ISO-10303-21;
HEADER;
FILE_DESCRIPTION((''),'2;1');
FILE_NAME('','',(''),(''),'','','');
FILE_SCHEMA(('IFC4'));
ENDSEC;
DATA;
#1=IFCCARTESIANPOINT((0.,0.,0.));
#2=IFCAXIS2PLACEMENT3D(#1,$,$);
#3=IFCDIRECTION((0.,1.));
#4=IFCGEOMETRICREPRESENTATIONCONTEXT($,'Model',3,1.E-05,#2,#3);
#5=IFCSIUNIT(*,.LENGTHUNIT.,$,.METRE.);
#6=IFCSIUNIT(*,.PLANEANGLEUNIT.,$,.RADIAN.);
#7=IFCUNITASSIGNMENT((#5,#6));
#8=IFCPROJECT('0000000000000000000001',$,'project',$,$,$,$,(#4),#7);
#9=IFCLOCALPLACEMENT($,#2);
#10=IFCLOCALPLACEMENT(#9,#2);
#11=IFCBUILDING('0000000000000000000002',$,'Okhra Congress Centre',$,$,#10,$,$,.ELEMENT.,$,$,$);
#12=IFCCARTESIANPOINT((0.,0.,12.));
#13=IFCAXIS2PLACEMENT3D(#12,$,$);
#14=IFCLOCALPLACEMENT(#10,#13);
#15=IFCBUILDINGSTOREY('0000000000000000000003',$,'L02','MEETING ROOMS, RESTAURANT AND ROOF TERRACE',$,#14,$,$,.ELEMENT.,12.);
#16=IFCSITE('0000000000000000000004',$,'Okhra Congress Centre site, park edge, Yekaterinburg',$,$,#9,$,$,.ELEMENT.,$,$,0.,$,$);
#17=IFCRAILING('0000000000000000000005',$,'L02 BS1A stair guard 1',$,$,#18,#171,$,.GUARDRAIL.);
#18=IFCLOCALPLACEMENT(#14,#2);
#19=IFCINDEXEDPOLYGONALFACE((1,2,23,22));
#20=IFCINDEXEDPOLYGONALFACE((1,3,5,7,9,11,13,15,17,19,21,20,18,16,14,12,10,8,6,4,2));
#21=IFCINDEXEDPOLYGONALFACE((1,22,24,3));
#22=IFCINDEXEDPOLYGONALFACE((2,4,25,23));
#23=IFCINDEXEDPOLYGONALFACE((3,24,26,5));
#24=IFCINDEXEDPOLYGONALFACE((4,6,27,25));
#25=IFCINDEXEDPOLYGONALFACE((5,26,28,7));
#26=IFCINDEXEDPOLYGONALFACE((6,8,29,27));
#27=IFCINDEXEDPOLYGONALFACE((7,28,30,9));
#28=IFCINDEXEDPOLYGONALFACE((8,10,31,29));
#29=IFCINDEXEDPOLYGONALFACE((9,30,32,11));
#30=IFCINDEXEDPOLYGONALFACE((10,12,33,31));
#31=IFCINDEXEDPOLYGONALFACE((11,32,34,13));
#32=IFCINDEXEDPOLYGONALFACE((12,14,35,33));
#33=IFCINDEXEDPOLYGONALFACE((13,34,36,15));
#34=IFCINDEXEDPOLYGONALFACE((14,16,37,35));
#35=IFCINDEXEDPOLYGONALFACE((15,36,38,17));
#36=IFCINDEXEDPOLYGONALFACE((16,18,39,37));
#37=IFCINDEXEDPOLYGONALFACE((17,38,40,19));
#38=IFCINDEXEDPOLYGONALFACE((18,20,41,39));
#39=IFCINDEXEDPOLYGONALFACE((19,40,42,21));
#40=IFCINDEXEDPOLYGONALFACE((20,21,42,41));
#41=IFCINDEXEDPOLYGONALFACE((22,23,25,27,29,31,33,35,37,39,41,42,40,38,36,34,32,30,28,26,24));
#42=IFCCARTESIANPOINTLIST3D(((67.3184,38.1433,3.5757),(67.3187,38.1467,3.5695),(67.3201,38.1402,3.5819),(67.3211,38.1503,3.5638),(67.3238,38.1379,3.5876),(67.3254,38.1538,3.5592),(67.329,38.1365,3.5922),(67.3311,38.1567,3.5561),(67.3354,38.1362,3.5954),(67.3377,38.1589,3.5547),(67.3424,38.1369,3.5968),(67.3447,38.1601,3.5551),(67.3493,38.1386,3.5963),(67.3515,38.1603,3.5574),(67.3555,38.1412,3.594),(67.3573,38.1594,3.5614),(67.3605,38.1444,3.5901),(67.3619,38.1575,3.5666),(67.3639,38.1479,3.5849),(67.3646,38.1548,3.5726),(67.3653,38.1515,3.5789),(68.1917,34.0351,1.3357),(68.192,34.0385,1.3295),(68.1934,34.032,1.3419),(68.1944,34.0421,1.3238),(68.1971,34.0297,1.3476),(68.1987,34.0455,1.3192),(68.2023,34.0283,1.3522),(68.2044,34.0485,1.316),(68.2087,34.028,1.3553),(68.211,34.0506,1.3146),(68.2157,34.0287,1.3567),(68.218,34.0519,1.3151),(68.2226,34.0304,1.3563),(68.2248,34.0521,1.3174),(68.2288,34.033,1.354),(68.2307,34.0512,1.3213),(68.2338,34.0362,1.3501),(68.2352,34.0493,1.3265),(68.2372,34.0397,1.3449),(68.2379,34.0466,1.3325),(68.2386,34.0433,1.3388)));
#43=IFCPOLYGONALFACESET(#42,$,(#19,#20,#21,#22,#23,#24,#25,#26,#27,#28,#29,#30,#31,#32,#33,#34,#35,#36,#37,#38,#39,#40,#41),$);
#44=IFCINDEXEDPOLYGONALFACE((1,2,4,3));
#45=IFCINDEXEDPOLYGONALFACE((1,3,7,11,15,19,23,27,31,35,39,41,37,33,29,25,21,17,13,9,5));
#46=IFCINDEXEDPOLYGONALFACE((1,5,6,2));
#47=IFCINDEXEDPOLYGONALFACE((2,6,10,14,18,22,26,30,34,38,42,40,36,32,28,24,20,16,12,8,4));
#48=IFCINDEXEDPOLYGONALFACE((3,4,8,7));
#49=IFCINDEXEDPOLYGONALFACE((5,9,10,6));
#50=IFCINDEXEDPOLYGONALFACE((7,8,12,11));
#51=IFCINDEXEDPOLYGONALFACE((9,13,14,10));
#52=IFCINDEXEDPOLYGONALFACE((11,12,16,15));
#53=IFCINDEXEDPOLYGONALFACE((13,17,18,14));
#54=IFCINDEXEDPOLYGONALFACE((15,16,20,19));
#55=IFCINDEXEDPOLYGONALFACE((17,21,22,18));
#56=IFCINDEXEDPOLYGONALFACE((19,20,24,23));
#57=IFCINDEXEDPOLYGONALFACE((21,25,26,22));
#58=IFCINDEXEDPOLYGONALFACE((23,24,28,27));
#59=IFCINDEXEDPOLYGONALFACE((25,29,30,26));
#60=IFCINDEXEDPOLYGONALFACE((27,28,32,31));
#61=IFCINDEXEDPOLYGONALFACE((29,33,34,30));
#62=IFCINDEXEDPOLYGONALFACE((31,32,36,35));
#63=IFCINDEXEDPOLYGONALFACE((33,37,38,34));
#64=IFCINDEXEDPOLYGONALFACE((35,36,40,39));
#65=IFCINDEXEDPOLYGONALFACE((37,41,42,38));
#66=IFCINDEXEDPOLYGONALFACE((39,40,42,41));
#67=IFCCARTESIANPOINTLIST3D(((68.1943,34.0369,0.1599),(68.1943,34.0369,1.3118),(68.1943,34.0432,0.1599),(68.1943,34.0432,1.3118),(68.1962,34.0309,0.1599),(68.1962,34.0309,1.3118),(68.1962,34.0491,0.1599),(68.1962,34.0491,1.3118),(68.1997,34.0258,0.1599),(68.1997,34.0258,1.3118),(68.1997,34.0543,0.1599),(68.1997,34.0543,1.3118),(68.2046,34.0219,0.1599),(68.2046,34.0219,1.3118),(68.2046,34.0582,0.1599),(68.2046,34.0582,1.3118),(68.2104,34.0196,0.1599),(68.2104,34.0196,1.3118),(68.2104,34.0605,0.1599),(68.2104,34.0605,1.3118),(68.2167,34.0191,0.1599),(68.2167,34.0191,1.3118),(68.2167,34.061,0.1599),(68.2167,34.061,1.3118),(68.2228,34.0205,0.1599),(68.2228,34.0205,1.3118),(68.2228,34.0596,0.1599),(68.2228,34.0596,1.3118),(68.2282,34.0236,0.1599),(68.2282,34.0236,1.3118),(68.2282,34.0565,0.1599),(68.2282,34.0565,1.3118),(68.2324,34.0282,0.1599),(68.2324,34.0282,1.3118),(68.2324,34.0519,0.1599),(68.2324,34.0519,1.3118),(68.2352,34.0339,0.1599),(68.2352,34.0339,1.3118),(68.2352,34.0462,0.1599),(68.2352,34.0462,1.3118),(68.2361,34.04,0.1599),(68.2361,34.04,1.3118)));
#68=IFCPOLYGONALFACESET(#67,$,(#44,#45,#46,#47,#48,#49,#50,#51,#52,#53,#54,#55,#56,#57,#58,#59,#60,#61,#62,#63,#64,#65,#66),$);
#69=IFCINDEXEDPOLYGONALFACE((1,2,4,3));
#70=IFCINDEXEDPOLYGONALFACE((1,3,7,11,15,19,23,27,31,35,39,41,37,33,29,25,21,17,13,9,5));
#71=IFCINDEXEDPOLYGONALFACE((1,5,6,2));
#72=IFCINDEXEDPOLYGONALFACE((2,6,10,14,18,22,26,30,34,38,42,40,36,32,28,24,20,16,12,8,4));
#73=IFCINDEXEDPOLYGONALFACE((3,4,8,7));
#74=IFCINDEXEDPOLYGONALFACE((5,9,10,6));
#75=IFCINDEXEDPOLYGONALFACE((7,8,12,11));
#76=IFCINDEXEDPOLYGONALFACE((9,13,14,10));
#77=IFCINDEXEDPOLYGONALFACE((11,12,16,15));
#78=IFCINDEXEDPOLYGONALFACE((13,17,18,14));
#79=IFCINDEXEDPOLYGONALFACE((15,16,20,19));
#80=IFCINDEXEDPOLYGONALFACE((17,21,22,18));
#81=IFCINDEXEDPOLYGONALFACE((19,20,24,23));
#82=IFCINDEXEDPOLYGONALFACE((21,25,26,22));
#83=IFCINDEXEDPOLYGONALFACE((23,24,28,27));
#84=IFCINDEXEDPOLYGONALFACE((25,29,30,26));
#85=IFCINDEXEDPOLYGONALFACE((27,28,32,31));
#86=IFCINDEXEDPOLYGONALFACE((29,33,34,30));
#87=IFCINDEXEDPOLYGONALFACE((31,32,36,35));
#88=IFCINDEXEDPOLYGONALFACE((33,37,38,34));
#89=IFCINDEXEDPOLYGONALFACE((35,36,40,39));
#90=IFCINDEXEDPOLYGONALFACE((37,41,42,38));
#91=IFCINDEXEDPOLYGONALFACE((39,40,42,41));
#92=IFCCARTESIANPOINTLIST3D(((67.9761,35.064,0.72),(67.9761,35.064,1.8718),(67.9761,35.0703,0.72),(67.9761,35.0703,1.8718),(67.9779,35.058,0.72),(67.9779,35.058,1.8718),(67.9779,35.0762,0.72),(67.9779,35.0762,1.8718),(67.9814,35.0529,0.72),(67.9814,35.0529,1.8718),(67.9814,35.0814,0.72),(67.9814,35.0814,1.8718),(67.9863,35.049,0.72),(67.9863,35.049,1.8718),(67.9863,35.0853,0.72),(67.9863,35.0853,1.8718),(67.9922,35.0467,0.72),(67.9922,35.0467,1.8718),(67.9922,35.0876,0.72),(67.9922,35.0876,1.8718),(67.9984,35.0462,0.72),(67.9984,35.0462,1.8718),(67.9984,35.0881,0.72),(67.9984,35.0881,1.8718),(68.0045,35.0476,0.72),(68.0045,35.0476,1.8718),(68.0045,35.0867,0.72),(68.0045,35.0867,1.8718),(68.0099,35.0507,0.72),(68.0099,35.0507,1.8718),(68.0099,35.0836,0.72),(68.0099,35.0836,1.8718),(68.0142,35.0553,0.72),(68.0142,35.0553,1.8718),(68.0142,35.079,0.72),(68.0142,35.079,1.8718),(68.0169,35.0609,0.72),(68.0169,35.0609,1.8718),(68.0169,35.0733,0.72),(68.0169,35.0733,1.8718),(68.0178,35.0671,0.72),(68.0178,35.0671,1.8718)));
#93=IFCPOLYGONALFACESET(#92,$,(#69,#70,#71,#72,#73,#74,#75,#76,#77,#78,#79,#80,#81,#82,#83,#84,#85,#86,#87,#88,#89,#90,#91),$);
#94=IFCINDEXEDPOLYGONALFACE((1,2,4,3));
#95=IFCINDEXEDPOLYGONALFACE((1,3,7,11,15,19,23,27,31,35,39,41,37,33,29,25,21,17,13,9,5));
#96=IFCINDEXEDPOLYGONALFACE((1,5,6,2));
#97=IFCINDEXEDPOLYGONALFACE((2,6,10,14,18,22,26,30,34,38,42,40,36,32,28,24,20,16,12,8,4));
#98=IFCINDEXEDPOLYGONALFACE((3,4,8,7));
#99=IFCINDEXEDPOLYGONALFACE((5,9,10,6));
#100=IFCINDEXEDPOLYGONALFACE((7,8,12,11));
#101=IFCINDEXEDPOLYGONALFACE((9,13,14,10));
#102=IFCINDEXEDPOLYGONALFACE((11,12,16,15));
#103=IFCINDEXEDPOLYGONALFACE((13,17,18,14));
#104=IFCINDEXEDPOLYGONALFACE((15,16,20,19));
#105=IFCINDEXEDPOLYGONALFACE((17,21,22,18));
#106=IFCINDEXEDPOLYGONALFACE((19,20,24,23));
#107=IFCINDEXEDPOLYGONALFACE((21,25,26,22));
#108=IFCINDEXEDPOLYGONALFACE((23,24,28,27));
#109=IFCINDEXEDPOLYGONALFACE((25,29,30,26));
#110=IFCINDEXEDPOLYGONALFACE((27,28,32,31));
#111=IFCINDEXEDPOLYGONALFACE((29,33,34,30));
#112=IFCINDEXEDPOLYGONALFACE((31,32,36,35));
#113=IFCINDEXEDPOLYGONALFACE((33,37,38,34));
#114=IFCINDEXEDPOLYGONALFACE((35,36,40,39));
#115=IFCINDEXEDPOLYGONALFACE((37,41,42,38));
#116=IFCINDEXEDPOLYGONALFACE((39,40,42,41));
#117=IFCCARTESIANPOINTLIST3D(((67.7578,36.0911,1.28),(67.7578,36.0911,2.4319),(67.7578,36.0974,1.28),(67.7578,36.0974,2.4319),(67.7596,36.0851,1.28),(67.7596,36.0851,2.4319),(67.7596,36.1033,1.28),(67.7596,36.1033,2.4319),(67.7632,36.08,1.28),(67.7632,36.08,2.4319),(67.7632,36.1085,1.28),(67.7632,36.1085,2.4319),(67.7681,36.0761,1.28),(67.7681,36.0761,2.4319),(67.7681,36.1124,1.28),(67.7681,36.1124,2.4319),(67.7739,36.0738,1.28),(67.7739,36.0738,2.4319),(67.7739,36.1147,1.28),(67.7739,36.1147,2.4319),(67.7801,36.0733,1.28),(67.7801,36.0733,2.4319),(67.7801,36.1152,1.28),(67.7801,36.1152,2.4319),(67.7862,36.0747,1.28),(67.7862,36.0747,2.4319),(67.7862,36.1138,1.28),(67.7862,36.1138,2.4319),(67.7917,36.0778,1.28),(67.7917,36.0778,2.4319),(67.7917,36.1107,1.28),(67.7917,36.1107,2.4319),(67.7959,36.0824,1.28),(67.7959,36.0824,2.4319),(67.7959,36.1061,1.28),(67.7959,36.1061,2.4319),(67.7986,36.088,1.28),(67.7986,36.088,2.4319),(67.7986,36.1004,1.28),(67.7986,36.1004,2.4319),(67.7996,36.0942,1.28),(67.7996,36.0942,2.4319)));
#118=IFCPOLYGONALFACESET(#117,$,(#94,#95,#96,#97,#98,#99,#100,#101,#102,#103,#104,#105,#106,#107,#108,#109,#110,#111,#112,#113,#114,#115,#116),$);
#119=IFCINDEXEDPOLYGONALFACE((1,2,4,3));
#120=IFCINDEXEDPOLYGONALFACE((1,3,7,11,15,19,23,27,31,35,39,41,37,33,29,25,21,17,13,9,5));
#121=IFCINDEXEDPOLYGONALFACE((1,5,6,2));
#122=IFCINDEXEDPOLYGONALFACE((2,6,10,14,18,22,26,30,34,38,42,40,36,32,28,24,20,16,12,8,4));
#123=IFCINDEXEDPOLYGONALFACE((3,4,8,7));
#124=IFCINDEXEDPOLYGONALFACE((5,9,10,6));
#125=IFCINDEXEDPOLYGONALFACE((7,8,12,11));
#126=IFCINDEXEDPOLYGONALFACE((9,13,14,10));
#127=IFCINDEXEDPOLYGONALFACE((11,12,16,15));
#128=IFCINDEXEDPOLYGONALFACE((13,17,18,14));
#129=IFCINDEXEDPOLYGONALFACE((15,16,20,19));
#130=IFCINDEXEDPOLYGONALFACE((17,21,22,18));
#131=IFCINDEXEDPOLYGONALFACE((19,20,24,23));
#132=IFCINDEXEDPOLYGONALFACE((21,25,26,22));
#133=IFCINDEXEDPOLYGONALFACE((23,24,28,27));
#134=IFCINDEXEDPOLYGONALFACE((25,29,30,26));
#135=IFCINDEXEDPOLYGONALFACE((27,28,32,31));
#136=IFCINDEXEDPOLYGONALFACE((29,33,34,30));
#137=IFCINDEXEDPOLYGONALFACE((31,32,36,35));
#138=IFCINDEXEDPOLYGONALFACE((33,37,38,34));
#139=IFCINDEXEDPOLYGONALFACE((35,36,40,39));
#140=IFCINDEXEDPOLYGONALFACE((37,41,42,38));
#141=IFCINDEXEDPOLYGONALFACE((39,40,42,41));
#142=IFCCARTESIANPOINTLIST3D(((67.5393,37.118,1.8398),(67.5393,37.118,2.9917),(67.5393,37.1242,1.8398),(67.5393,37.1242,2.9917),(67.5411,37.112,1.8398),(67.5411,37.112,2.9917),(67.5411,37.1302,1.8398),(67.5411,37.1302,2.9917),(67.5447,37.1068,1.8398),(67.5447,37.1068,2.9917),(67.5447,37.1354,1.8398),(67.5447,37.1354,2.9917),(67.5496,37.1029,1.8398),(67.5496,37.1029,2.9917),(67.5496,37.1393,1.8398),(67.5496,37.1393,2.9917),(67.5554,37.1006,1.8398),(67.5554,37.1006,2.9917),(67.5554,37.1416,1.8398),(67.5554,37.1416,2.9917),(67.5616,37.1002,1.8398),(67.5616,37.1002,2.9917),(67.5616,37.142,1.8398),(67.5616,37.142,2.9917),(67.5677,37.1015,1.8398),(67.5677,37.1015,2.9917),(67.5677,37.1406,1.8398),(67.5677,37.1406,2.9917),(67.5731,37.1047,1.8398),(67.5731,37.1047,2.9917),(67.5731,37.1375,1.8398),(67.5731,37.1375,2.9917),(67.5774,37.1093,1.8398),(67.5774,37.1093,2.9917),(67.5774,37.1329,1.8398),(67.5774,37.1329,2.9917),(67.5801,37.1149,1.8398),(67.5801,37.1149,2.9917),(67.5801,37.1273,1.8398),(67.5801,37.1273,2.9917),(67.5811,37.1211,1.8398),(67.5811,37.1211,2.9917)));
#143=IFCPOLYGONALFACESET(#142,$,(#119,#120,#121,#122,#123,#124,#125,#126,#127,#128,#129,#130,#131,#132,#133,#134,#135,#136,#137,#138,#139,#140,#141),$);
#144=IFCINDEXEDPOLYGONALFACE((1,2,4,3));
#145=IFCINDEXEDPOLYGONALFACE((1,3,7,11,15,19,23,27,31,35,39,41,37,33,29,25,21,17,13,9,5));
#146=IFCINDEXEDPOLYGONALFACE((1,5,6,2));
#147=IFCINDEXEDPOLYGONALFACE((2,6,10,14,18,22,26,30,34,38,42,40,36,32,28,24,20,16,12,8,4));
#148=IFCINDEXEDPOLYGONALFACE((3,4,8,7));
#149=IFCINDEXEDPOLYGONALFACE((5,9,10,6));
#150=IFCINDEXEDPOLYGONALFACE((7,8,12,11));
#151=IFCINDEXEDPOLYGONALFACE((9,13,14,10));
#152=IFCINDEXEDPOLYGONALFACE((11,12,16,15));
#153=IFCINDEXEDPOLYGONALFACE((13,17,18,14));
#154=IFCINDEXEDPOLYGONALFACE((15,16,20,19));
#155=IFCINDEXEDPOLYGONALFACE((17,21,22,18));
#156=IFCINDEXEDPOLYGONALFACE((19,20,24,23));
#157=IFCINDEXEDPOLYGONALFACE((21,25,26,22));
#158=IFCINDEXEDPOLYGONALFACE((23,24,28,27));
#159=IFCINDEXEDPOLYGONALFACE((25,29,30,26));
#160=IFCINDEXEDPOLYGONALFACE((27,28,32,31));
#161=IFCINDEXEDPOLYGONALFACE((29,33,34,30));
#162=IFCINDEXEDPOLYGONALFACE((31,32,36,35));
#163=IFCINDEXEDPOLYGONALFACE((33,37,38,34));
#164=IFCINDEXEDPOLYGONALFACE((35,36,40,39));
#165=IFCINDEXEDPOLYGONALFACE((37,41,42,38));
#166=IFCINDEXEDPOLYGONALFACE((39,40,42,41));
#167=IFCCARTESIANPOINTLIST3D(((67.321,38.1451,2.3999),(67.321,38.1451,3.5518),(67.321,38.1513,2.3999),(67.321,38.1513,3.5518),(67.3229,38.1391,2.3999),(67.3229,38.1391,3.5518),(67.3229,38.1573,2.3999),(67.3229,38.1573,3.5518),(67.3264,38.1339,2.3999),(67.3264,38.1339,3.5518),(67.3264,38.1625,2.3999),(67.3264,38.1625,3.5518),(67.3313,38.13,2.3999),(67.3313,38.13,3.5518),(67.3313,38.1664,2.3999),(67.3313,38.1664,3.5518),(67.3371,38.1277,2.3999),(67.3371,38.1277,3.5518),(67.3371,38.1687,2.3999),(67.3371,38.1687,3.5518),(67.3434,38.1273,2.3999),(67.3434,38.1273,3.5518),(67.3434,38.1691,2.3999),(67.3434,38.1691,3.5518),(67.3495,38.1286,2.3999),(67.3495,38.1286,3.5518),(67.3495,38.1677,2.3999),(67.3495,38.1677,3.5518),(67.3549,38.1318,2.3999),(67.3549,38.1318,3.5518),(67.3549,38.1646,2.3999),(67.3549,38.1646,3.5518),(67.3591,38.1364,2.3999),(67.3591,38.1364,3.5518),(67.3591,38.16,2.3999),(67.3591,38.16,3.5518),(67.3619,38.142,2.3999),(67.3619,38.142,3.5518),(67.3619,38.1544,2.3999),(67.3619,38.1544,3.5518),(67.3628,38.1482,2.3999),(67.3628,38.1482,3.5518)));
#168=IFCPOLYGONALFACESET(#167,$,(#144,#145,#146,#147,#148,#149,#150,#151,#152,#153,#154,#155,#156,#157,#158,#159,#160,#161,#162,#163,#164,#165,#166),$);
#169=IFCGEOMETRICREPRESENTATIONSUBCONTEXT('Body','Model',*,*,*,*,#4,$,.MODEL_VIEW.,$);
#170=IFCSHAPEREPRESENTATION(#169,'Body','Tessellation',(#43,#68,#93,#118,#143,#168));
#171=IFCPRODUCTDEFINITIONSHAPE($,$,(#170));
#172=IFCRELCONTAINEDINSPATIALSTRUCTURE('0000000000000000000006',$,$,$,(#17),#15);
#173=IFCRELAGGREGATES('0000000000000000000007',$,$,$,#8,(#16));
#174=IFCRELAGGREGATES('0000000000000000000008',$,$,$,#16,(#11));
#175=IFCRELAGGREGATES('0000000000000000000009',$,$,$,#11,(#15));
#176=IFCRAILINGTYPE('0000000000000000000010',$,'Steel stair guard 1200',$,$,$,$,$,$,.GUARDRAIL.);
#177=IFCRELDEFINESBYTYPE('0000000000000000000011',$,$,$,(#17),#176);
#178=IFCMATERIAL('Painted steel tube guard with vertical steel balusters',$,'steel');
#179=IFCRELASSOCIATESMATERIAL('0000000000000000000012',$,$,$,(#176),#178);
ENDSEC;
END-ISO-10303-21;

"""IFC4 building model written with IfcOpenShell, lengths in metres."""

from ifc_helpers import new_model, si_unit, direction, frame, origin, origin_2d, place, context, subcontext, project, spatial, circle, extrude, material, type_object, element, save


model = new_model("IFC4")

# Units and contexts
model_context = context("Model", 3, precision=1e-05, world=origin(), true_north=direction((0.0, 1.0)))
body_context = subcontext(model_context, "Body", "Model", "MODEL_VIEW")
ifc_project = project(units=[si_unit("LENGTHUNIT", "METRE"), si_unit("PLANEANGLEUNIT", "RADIAN")], contexts=[model_context])

# Site, building, storey
site_placement = place(None, origin())
site = spatial("IfcSite", under=ifc_project, at=site_placement, Name="Okhra Congress Centre site, park edge, Yekaterinburg", CompositionType="ELEMENT", RefElevation=0.0)
building_placement = place(site_placement, origin())
building = spatial("IfcBuilding", under=site, at=building_placement, Name="Okhra Congress Centre", CompositionType="ELEMENT")
storey_placement = place(building_placement, frame((0.0, 0.0, 12.0)))
storey = spatial("IfcBuildingStorey", under=building, at=storey_placement, Name="L02", Description="MEETING ROOMS, RESTAURANT AND ROOF TERRACE", CompositionType="ELEMENT", Elevation=12.0)

# Railing
ifc_material_1 = material(Name="Painted steel tube guard with vertical steel balusters", Category="steel")
railing_type_1 = type_object("IfcRailingType", Name="Steel stair guard 1200", PredefinedType="GUARDRAIL", material=ifc_material_1)
railing_1_placement = place(storey_placement, frame((68.2151, 34.04, 0.1599)))
element("IfcRailing", 1, at=railing_1_placement, inside=storey, type_object=railing_type_1, Name="L02 BS1A stair guard 1", PredefinedType="GUARDRAIL", context=body_context, shape_type="SweptSolid", body=[
    extrude(circle(Radius=0.0239, at=origin_2d()), frame((0.0, 0.0, 1.1758), z_axis=(-0.183466, 0.863067, 0.470591), x_axis=(-0.978144, -0.207929, 0.0)), (0.0, 0.0, 1.0), 4.76),
    extrude(circle(Radius=0.021, at=origin_2d()), origin(), (0.0, 0.0, 1.0), 1.1519),
    extrude(circle(Radius=0.021, at=origin_2d()), frame((-0.2183, 1.0271, 0.5601)), (0.0, 0.0, 1.0), 1.1519),
    extrude(circle(Radius=0.021, at=origin_2d()), frame((-0.4365, 2.0542, 1.1201)), (0.0, 0.0, 1.0), 1.1519),
    extrude(circle(Radius=0.021, at=origin_2d()), frame((-0.655, 3.0811, 1.6799)), (0.0, 0.0, 1.0), 1.1519),
    extrude(circle(Radius=0.021, at=origin_2d()), frame((-0.8733, 4.1082, 2.24)), (0.0, 0.0, 1.0), 1.1519),
])

save(model, "model.ifc")
